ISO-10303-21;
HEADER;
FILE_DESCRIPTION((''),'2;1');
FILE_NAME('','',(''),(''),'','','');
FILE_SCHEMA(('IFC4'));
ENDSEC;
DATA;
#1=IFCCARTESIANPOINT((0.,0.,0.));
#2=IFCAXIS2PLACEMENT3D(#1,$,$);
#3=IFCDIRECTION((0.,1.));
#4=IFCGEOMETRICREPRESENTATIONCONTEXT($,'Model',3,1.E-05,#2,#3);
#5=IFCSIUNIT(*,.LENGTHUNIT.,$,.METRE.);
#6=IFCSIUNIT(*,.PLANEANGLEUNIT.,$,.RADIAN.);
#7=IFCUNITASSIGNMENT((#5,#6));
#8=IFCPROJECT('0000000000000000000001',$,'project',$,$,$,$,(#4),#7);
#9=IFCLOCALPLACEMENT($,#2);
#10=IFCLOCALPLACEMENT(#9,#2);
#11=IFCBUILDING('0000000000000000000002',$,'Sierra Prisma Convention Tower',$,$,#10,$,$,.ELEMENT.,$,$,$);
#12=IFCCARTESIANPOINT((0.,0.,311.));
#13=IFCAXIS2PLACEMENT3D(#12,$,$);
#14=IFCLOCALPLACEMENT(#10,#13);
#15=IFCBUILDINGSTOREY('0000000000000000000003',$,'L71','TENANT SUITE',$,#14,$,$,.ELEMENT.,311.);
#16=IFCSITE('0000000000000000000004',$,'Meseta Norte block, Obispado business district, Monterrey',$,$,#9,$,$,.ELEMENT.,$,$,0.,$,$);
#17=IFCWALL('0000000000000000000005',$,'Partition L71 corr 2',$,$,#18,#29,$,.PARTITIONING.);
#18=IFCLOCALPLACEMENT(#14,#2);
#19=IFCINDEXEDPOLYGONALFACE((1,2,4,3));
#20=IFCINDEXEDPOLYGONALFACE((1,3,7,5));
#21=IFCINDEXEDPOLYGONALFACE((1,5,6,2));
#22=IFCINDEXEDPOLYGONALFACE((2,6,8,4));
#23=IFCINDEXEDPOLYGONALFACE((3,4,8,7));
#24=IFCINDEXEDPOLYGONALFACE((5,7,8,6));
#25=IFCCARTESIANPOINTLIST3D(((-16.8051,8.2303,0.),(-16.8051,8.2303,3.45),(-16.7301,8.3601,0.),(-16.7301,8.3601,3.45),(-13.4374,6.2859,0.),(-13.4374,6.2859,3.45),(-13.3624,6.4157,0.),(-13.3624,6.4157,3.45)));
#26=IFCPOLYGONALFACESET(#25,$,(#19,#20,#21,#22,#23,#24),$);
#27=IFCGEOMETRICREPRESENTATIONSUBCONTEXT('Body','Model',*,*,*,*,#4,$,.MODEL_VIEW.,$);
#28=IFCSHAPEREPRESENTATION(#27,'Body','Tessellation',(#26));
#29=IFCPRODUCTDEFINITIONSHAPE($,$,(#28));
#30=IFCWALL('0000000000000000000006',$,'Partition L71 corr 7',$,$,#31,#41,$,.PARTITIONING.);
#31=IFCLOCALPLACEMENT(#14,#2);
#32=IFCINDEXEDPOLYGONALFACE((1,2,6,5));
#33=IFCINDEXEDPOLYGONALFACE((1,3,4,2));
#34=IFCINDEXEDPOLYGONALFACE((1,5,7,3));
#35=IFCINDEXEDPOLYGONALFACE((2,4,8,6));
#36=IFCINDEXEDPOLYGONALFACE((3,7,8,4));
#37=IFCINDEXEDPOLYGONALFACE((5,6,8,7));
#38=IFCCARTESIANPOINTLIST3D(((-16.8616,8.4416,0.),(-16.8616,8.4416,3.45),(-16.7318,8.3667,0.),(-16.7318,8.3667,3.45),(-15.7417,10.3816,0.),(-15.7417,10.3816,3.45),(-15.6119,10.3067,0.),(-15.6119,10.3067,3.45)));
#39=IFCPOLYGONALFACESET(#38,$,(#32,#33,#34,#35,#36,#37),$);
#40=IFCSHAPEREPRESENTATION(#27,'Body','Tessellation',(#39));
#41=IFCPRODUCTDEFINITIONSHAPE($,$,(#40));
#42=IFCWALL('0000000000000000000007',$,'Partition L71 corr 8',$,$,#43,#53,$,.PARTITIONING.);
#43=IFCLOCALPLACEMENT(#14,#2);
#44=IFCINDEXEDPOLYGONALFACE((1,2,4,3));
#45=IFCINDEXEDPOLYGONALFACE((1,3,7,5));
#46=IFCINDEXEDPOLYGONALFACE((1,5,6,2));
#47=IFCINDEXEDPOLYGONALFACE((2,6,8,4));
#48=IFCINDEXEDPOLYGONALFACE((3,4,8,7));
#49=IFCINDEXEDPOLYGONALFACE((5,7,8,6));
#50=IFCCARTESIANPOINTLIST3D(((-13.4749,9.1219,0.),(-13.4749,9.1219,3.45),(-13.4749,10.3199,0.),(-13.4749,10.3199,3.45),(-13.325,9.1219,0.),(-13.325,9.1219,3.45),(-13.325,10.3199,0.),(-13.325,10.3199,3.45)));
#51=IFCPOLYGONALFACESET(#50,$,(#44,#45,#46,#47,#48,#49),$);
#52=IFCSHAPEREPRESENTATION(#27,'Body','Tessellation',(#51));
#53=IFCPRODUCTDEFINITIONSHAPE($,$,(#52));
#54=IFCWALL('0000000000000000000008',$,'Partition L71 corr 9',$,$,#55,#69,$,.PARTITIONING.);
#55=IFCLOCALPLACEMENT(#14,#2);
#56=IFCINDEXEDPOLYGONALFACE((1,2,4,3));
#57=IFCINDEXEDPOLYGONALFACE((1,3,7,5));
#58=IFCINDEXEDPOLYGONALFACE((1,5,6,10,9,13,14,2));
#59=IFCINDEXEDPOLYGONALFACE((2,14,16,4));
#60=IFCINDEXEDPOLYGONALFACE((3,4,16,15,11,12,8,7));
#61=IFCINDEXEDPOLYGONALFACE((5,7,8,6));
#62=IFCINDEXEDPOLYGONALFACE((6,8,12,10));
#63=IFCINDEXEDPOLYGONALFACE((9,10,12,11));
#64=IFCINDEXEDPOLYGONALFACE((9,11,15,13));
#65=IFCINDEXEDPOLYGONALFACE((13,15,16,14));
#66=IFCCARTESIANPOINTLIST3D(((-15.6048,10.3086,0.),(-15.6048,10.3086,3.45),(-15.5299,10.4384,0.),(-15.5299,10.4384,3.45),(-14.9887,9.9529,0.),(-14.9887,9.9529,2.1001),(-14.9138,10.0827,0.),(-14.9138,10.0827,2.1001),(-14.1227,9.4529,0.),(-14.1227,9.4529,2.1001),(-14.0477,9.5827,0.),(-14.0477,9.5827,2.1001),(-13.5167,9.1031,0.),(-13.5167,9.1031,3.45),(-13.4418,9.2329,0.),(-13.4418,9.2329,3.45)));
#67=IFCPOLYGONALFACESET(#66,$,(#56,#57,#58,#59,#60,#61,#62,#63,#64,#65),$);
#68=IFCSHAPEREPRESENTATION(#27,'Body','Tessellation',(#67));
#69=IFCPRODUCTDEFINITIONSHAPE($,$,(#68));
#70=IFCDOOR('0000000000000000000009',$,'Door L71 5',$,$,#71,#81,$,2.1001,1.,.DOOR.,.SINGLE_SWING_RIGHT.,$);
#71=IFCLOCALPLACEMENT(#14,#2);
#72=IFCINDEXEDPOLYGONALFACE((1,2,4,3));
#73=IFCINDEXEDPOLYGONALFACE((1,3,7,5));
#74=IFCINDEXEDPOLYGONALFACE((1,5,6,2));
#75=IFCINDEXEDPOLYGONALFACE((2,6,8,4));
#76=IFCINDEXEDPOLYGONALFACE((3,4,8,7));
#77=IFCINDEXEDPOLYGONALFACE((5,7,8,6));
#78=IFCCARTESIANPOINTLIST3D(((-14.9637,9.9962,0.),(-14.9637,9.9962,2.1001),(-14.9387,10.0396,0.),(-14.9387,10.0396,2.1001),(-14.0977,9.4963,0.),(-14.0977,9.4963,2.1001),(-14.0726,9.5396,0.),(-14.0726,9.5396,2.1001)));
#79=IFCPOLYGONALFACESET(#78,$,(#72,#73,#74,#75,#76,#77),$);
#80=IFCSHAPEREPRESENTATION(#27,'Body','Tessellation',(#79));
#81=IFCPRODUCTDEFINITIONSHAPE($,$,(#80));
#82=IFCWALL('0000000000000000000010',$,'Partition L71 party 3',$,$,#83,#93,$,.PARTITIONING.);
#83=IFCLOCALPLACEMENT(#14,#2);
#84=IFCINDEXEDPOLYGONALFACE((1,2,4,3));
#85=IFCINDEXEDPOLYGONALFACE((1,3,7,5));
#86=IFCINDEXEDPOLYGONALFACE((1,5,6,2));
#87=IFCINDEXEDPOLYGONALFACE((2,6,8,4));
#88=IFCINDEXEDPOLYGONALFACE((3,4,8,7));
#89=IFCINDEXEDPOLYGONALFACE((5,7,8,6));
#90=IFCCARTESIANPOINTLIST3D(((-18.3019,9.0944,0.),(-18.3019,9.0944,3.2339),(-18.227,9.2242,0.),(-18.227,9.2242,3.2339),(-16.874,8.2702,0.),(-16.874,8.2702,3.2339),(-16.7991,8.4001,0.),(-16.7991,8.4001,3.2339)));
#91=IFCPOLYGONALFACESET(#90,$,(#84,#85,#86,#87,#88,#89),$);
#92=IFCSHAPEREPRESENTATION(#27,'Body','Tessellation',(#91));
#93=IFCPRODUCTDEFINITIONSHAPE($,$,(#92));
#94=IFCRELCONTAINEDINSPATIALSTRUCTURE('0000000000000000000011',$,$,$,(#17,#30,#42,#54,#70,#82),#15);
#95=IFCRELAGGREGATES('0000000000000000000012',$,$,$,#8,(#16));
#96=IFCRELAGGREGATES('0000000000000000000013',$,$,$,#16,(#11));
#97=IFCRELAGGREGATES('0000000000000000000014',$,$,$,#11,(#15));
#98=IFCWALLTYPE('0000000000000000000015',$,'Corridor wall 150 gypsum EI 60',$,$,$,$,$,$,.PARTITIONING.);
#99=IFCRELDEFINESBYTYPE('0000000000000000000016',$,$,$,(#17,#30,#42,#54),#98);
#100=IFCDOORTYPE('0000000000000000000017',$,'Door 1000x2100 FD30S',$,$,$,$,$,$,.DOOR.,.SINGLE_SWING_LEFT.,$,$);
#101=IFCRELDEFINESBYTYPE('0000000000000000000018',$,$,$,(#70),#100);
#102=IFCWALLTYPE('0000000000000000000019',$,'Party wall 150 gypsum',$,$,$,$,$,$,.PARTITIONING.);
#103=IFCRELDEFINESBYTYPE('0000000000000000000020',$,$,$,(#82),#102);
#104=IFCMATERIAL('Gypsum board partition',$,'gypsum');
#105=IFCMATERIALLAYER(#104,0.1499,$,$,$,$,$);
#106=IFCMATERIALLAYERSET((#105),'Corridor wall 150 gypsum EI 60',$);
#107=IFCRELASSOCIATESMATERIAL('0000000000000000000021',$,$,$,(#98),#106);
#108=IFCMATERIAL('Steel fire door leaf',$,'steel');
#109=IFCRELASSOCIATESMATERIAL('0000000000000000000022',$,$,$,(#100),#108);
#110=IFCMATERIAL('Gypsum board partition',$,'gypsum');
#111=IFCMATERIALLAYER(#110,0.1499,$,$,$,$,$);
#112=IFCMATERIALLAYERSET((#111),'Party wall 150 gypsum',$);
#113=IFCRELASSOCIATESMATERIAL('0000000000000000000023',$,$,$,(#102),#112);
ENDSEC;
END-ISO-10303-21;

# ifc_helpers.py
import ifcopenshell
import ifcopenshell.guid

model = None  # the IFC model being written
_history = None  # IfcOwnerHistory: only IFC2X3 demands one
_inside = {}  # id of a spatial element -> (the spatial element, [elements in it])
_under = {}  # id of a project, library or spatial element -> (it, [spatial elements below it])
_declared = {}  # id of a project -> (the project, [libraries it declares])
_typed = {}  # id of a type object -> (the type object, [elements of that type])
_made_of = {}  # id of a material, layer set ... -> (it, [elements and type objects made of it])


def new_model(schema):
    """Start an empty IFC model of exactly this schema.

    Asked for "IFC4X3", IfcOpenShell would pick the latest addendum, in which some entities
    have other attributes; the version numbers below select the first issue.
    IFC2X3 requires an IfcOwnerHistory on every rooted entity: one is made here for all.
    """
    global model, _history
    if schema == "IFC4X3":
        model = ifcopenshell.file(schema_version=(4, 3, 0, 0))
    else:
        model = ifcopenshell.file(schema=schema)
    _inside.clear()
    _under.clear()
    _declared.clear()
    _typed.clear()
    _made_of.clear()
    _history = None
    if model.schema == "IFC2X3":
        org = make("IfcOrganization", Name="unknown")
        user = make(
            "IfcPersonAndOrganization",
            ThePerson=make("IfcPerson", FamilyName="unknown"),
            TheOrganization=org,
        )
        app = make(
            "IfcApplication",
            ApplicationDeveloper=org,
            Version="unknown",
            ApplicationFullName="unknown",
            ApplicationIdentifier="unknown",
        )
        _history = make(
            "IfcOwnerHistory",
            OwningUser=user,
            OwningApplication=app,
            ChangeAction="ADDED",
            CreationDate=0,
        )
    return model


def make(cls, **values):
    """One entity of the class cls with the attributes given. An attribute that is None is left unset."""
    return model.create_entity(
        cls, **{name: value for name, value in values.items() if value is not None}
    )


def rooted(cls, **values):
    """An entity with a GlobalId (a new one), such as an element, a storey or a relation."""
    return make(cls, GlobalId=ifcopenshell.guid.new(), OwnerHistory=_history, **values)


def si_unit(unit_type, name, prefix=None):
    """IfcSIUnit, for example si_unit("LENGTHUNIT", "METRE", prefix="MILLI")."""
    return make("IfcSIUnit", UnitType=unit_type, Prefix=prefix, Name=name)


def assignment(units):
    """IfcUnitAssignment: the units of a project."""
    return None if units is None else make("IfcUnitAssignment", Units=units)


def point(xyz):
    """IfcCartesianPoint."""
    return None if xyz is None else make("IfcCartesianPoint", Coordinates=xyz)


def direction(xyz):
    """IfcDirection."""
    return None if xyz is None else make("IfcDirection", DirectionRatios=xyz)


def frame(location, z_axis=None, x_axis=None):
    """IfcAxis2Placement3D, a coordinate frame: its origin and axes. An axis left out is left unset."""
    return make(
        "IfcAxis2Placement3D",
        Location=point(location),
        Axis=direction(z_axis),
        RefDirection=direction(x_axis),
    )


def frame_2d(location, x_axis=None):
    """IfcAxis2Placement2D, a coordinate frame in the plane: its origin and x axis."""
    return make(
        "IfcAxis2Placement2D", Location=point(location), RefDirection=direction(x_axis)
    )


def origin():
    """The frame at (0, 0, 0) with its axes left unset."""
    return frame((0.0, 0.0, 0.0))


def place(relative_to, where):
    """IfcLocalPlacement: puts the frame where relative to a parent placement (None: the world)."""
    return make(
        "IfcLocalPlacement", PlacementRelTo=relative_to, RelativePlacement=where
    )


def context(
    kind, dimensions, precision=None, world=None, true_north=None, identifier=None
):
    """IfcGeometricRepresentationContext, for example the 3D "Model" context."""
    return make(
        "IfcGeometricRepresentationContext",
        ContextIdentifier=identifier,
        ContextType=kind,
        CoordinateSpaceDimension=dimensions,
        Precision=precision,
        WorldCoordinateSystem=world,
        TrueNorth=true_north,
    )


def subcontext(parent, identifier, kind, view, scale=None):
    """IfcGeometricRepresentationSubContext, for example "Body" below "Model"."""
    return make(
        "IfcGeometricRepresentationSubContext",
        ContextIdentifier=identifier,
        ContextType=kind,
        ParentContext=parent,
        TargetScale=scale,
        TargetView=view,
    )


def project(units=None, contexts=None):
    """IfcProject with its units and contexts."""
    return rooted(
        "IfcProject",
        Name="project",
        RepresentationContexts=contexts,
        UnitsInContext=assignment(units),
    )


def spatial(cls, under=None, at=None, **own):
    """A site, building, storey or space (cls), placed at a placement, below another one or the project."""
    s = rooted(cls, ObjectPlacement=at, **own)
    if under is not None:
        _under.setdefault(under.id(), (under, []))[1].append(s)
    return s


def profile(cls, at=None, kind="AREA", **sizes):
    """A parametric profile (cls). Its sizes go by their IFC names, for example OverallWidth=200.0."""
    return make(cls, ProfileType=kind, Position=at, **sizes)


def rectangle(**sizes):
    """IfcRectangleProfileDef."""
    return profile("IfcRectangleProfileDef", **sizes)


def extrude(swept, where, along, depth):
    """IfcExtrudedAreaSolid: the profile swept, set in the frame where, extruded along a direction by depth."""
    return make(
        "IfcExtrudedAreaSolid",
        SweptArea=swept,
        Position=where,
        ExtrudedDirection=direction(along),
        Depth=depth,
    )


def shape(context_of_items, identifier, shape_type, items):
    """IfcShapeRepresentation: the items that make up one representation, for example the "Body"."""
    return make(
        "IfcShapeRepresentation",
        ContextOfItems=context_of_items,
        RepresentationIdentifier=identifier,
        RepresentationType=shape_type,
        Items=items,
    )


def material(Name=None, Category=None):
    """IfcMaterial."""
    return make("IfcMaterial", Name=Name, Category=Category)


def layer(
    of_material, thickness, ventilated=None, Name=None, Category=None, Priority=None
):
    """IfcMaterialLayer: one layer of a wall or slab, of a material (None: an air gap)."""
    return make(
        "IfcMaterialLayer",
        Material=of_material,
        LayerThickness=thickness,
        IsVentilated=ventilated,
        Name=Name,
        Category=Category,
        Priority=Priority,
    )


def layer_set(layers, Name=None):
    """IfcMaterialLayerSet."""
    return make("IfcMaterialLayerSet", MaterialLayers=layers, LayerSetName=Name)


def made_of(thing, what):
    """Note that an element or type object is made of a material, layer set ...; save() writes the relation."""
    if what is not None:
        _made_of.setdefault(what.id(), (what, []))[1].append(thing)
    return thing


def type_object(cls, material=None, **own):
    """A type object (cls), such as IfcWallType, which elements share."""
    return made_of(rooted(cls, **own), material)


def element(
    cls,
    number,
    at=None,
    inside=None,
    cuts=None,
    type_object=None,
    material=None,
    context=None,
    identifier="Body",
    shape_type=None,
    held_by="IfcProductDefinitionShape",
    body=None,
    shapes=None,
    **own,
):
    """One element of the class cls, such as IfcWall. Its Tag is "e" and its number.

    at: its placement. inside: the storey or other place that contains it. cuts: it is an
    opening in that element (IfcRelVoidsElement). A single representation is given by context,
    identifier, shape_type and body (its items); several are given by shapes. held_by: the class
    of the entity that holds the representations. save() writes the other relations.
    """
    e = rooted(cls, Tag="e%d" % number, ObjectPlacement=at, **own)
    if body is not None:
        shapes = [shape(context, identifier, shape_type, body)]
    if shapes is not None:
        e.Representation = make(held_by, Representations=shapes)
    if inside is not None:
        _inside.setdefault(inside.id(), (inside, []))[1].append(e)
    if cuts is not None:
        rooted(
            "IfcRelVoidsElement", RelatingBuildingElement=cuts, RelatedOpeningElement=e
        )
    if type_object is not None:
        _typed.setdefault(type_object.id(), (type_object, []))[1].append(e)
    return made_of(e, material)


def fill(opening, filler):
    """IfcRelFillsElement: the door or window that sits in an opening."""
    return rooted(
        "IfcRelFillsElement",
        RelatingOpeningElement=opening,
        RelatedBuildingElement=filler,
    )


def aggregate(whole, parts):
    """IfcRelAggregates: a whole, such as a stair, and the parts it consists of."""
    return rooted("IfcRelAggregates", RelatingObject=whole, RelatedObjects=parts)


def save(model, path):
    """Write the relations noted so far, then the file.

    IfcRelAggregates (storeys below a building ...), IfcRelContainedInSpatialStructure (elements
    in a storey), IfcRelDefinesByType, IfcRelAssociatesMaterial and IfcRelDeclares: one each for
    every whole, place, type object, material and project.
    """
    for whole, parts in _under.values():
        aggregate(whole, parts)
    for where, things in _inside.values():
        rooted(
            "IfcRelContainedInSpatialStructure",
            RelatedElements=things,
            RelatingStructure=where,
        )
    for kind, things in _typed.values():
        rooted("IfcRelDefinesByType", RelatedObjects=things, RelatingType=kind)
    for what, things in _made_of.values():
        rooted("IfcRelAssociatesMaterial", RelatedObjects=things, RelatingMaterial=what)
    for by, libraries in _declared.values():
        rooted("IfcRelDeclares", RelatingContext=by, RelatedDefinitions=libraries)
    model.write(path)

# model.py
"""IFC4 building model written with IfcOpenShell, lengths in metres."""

from ifc_helpers import new_model, si_unit, direction, frame, frame_2d, origin, place, context, subcontext, project, spatial, rectangle, extrude, material, layer, layer_set, type_object, element, fill, save


model = new_model("IFC4")

# Units and contexts
model_context = context("Model", 3, precision=1e-05, world=origin(), true_north=direction((0.0, 1.0)))
body_context = subcontext(model_context, "Body", "Model", "MODEL_VIEW")
ifc_project = project(units=[si_unit("LENGTHUNIT", "METRE"), si_unit("PLANEANGLEUNIT", "RADIAN")], contexts=[model_context])

# Site, building, storey
site_placement = place(None, origin())
site = spatial("IfcSite", under=ifc_project, at=site_placement, Name="Meseta Norte block, Obispado business district, Monterrey", CompositionType="ELEMENT", RefElevation=0.0)
building_placement = place(site_placement, origin())
building = spatial("IfcBuilding", under=site, at=building_placement, Name="Sierra Prisma Convention Tower", CompositionType="ELEMENT")
storey_placement = place(building_placement, frame((0.0, 0.0, 311.0)))
storey = spatial("IfcBuildingStorey", under=building, at=storey_placement, Name="L71", Description="TENANT SUITE", CompositionType="ELEMENT", Elevation=311.0)

# Walls
ifc_material_1 = material(Name="Gypsum board partition", Category="gypsum")
ifc_layer_1 = layer(ifc_material_1, 0.1499)
ifc_layer_set_1 = layer_set([ifc_layer_1], Name="Corridor wall 150 gypsum EI 60")
wall_type_1 = type_object("IfcWallType", Name="Corridor wall 150 gypsum EI 60", PredefinedType="PARTITIONING", material=ifc_layer_set_1)
wall_1_placement = place(storey_placement, frame((-16.7676, 8.2952, 0.0), z_axis=(0.0, 0.0, 1.0), x_axis=(0.866025, -0.500001, 0.0)))
element("IfcWall", 1, at=wall_1_placement, inside=storey, type_object=wall_type_1, Name="Partition L71 corr 2", PredefinedType="PARTITIONING", context=body_context, shape_type="SweptSolid", body=[
    extrude(rectangle(XDim=3.8887, YDim=0.1499, at=frame_2d((1.9443, 0.0))), origin(), (0.0, 0.0, 1.0), 3.45),
])
wall_2_placement = place(storey_placement, frame((-15.6768, 10.3442, 0.0), z_axis=(0.0, 0.0, 1.0), x_axis=(-0.499949, -0.866055, 0.0)))
element("IfcWall", 2, at=wall_2_placement, inside=storey, type_object=wall_type_1, Name="Partition L71 corr 7", PredefinedType="PARTITIONING", context=body_context, shape_type="SweptSolid", body=[
    extrude(rectangle(XDim=2.24, YDim=0.1499, at=frame_2d((1.1201, 0.0))), origin(), (0.0, 0.0, 1.0), 3.45),
])
wall_3_placement = place(storey_placement, frame((-13.3999, 10.3201, 0.0), z_axis=(0.0, 0.0, 1.0), x_axis=(0.0, -1.0, 0.0)))
element("IfcWall", 3, at=wall_3_placement, inside=storey, type_object=wall_type_1, Name="Partition L71 corr 8", PredefinedType="PARTITIONING", context=body_context, shape_type="SweptSolid", body=[
    extrude(rectangle(XDim=1.198, YDim=0.1499, at=frame_2d((0.5991, 0.0))), origin(), (0.0, 0.0, 1.0), 3.45),
])

# Wall, opening, door
wall_4_placement = place(storey_placement, frame((-13.4792, 9.168, 0.0), z_axis=(0.0, 0.0, 1.0), x_axis=(-0.866029, 0.499994, 0.0)))
wall_4 = element("IfcWall", 4, at=wall_4_placement, inside=storey, type_object=wall_type_1, Name="Partition L71 corr 9", PredefinedType="PARTITIONING", context=body_context, shape_type="SweptSolid", body=[
    extrude(rectangle(XDim=2.4111, YDim=0.1499, at=frame_2d((1.2056, 0.0))), origin(), (0.0, 0.0, 1.0), 3.45),
])
opening_1_placement = place(wall_4_placement, frame((0.6997, 0.0, 0.0)))
opening_1 = element("IfcOpeningElement", 5, at=opening_1_placement, cuts=wall_4, PredefinedType="OPENING", context=body_context, shape_type="SweptSolid", body=[
    extrude(rectangle(XDim=1.0, YDim=2.1001, at=frame_2d((0.5, 1.05))), frame((0.0, 0.075, 0.0), z_axis=(0.0, -1.0, 0.0), x_axis=(1.0, 0.0, 0.0)), (0.0, 0.0, 1.0), 0.1499),
])
ifc_material_2 = material(Name="Steel fire door leaf", Category="steel")
door_type_1 = type_object("IfcDoorType", Name="Door 1000x2100 FD30S", OperationType="SINGLE_SWING_LEFT", PredefinedType="DOOR", material=ifc_material_2)
door_1_placement = place(opening_1_placement, origin())
door_1 = element("IfcDoor", 6, at=door_1_placement, inside=storey, type_object=door_type_1, Name="Door L71 5", OperationType="SINGLE_SWING_RIGHT", OverallHeight=2.1001, OverallWidth=1.0, PredefinedType="DOOR", context=body_context, shape_type="SweptSolid", body=[
    extrude(rectangle(XDim=1.0, YDim=2.1001, at=frame_2d((0.5, 1.05))), frame((0.0, 0.0249, 0.0), z_axis=(0.0, -1.0, 0.0), x_axis=(1.0, 0.0, 0.0)), (0.0, 0.0, 1.0), 0.05),
])
fill(opening_1, door_1)

# Wall
ifc_material_3 = material(Name="Gypsum board partition", Category="gypsum")
ifc_layer_2 = layer(ifc_material_3, 0.1499)
ifc_layer_set_2 = layer_set([ifc_layer_2], Name="Party wall 150 gypsum")
wall_type_2 = type_object("IfcWallType", Name="Party wall 150 gypsum", PredefinedType="PARTITIONING", material=ifc_layer_set_2)
wall_5_placement = place(storey_placement, frame((-16.8367, 8.3352, 0.0), z_axis=(0.0, 0.0, 1.0), x_axis=(-0.866084, 0.499898, 0.0)))
element("IfcWall", 7, at=wall_5_placement, inside=storey, type_object=wall_type_2, Name="Partition L71 party 3", PredefinedType="PARTITIONING", context=body_context, shape_type="SweptSolid", body=[
    extrude(rectangle(XDim=1.6487, YDim=0.1499, at=frame_2d((0.8242, 0.0))), origin(), (0.0, 0.0, 1.0), 3.2339),
])

save(model, "model.ifc")
